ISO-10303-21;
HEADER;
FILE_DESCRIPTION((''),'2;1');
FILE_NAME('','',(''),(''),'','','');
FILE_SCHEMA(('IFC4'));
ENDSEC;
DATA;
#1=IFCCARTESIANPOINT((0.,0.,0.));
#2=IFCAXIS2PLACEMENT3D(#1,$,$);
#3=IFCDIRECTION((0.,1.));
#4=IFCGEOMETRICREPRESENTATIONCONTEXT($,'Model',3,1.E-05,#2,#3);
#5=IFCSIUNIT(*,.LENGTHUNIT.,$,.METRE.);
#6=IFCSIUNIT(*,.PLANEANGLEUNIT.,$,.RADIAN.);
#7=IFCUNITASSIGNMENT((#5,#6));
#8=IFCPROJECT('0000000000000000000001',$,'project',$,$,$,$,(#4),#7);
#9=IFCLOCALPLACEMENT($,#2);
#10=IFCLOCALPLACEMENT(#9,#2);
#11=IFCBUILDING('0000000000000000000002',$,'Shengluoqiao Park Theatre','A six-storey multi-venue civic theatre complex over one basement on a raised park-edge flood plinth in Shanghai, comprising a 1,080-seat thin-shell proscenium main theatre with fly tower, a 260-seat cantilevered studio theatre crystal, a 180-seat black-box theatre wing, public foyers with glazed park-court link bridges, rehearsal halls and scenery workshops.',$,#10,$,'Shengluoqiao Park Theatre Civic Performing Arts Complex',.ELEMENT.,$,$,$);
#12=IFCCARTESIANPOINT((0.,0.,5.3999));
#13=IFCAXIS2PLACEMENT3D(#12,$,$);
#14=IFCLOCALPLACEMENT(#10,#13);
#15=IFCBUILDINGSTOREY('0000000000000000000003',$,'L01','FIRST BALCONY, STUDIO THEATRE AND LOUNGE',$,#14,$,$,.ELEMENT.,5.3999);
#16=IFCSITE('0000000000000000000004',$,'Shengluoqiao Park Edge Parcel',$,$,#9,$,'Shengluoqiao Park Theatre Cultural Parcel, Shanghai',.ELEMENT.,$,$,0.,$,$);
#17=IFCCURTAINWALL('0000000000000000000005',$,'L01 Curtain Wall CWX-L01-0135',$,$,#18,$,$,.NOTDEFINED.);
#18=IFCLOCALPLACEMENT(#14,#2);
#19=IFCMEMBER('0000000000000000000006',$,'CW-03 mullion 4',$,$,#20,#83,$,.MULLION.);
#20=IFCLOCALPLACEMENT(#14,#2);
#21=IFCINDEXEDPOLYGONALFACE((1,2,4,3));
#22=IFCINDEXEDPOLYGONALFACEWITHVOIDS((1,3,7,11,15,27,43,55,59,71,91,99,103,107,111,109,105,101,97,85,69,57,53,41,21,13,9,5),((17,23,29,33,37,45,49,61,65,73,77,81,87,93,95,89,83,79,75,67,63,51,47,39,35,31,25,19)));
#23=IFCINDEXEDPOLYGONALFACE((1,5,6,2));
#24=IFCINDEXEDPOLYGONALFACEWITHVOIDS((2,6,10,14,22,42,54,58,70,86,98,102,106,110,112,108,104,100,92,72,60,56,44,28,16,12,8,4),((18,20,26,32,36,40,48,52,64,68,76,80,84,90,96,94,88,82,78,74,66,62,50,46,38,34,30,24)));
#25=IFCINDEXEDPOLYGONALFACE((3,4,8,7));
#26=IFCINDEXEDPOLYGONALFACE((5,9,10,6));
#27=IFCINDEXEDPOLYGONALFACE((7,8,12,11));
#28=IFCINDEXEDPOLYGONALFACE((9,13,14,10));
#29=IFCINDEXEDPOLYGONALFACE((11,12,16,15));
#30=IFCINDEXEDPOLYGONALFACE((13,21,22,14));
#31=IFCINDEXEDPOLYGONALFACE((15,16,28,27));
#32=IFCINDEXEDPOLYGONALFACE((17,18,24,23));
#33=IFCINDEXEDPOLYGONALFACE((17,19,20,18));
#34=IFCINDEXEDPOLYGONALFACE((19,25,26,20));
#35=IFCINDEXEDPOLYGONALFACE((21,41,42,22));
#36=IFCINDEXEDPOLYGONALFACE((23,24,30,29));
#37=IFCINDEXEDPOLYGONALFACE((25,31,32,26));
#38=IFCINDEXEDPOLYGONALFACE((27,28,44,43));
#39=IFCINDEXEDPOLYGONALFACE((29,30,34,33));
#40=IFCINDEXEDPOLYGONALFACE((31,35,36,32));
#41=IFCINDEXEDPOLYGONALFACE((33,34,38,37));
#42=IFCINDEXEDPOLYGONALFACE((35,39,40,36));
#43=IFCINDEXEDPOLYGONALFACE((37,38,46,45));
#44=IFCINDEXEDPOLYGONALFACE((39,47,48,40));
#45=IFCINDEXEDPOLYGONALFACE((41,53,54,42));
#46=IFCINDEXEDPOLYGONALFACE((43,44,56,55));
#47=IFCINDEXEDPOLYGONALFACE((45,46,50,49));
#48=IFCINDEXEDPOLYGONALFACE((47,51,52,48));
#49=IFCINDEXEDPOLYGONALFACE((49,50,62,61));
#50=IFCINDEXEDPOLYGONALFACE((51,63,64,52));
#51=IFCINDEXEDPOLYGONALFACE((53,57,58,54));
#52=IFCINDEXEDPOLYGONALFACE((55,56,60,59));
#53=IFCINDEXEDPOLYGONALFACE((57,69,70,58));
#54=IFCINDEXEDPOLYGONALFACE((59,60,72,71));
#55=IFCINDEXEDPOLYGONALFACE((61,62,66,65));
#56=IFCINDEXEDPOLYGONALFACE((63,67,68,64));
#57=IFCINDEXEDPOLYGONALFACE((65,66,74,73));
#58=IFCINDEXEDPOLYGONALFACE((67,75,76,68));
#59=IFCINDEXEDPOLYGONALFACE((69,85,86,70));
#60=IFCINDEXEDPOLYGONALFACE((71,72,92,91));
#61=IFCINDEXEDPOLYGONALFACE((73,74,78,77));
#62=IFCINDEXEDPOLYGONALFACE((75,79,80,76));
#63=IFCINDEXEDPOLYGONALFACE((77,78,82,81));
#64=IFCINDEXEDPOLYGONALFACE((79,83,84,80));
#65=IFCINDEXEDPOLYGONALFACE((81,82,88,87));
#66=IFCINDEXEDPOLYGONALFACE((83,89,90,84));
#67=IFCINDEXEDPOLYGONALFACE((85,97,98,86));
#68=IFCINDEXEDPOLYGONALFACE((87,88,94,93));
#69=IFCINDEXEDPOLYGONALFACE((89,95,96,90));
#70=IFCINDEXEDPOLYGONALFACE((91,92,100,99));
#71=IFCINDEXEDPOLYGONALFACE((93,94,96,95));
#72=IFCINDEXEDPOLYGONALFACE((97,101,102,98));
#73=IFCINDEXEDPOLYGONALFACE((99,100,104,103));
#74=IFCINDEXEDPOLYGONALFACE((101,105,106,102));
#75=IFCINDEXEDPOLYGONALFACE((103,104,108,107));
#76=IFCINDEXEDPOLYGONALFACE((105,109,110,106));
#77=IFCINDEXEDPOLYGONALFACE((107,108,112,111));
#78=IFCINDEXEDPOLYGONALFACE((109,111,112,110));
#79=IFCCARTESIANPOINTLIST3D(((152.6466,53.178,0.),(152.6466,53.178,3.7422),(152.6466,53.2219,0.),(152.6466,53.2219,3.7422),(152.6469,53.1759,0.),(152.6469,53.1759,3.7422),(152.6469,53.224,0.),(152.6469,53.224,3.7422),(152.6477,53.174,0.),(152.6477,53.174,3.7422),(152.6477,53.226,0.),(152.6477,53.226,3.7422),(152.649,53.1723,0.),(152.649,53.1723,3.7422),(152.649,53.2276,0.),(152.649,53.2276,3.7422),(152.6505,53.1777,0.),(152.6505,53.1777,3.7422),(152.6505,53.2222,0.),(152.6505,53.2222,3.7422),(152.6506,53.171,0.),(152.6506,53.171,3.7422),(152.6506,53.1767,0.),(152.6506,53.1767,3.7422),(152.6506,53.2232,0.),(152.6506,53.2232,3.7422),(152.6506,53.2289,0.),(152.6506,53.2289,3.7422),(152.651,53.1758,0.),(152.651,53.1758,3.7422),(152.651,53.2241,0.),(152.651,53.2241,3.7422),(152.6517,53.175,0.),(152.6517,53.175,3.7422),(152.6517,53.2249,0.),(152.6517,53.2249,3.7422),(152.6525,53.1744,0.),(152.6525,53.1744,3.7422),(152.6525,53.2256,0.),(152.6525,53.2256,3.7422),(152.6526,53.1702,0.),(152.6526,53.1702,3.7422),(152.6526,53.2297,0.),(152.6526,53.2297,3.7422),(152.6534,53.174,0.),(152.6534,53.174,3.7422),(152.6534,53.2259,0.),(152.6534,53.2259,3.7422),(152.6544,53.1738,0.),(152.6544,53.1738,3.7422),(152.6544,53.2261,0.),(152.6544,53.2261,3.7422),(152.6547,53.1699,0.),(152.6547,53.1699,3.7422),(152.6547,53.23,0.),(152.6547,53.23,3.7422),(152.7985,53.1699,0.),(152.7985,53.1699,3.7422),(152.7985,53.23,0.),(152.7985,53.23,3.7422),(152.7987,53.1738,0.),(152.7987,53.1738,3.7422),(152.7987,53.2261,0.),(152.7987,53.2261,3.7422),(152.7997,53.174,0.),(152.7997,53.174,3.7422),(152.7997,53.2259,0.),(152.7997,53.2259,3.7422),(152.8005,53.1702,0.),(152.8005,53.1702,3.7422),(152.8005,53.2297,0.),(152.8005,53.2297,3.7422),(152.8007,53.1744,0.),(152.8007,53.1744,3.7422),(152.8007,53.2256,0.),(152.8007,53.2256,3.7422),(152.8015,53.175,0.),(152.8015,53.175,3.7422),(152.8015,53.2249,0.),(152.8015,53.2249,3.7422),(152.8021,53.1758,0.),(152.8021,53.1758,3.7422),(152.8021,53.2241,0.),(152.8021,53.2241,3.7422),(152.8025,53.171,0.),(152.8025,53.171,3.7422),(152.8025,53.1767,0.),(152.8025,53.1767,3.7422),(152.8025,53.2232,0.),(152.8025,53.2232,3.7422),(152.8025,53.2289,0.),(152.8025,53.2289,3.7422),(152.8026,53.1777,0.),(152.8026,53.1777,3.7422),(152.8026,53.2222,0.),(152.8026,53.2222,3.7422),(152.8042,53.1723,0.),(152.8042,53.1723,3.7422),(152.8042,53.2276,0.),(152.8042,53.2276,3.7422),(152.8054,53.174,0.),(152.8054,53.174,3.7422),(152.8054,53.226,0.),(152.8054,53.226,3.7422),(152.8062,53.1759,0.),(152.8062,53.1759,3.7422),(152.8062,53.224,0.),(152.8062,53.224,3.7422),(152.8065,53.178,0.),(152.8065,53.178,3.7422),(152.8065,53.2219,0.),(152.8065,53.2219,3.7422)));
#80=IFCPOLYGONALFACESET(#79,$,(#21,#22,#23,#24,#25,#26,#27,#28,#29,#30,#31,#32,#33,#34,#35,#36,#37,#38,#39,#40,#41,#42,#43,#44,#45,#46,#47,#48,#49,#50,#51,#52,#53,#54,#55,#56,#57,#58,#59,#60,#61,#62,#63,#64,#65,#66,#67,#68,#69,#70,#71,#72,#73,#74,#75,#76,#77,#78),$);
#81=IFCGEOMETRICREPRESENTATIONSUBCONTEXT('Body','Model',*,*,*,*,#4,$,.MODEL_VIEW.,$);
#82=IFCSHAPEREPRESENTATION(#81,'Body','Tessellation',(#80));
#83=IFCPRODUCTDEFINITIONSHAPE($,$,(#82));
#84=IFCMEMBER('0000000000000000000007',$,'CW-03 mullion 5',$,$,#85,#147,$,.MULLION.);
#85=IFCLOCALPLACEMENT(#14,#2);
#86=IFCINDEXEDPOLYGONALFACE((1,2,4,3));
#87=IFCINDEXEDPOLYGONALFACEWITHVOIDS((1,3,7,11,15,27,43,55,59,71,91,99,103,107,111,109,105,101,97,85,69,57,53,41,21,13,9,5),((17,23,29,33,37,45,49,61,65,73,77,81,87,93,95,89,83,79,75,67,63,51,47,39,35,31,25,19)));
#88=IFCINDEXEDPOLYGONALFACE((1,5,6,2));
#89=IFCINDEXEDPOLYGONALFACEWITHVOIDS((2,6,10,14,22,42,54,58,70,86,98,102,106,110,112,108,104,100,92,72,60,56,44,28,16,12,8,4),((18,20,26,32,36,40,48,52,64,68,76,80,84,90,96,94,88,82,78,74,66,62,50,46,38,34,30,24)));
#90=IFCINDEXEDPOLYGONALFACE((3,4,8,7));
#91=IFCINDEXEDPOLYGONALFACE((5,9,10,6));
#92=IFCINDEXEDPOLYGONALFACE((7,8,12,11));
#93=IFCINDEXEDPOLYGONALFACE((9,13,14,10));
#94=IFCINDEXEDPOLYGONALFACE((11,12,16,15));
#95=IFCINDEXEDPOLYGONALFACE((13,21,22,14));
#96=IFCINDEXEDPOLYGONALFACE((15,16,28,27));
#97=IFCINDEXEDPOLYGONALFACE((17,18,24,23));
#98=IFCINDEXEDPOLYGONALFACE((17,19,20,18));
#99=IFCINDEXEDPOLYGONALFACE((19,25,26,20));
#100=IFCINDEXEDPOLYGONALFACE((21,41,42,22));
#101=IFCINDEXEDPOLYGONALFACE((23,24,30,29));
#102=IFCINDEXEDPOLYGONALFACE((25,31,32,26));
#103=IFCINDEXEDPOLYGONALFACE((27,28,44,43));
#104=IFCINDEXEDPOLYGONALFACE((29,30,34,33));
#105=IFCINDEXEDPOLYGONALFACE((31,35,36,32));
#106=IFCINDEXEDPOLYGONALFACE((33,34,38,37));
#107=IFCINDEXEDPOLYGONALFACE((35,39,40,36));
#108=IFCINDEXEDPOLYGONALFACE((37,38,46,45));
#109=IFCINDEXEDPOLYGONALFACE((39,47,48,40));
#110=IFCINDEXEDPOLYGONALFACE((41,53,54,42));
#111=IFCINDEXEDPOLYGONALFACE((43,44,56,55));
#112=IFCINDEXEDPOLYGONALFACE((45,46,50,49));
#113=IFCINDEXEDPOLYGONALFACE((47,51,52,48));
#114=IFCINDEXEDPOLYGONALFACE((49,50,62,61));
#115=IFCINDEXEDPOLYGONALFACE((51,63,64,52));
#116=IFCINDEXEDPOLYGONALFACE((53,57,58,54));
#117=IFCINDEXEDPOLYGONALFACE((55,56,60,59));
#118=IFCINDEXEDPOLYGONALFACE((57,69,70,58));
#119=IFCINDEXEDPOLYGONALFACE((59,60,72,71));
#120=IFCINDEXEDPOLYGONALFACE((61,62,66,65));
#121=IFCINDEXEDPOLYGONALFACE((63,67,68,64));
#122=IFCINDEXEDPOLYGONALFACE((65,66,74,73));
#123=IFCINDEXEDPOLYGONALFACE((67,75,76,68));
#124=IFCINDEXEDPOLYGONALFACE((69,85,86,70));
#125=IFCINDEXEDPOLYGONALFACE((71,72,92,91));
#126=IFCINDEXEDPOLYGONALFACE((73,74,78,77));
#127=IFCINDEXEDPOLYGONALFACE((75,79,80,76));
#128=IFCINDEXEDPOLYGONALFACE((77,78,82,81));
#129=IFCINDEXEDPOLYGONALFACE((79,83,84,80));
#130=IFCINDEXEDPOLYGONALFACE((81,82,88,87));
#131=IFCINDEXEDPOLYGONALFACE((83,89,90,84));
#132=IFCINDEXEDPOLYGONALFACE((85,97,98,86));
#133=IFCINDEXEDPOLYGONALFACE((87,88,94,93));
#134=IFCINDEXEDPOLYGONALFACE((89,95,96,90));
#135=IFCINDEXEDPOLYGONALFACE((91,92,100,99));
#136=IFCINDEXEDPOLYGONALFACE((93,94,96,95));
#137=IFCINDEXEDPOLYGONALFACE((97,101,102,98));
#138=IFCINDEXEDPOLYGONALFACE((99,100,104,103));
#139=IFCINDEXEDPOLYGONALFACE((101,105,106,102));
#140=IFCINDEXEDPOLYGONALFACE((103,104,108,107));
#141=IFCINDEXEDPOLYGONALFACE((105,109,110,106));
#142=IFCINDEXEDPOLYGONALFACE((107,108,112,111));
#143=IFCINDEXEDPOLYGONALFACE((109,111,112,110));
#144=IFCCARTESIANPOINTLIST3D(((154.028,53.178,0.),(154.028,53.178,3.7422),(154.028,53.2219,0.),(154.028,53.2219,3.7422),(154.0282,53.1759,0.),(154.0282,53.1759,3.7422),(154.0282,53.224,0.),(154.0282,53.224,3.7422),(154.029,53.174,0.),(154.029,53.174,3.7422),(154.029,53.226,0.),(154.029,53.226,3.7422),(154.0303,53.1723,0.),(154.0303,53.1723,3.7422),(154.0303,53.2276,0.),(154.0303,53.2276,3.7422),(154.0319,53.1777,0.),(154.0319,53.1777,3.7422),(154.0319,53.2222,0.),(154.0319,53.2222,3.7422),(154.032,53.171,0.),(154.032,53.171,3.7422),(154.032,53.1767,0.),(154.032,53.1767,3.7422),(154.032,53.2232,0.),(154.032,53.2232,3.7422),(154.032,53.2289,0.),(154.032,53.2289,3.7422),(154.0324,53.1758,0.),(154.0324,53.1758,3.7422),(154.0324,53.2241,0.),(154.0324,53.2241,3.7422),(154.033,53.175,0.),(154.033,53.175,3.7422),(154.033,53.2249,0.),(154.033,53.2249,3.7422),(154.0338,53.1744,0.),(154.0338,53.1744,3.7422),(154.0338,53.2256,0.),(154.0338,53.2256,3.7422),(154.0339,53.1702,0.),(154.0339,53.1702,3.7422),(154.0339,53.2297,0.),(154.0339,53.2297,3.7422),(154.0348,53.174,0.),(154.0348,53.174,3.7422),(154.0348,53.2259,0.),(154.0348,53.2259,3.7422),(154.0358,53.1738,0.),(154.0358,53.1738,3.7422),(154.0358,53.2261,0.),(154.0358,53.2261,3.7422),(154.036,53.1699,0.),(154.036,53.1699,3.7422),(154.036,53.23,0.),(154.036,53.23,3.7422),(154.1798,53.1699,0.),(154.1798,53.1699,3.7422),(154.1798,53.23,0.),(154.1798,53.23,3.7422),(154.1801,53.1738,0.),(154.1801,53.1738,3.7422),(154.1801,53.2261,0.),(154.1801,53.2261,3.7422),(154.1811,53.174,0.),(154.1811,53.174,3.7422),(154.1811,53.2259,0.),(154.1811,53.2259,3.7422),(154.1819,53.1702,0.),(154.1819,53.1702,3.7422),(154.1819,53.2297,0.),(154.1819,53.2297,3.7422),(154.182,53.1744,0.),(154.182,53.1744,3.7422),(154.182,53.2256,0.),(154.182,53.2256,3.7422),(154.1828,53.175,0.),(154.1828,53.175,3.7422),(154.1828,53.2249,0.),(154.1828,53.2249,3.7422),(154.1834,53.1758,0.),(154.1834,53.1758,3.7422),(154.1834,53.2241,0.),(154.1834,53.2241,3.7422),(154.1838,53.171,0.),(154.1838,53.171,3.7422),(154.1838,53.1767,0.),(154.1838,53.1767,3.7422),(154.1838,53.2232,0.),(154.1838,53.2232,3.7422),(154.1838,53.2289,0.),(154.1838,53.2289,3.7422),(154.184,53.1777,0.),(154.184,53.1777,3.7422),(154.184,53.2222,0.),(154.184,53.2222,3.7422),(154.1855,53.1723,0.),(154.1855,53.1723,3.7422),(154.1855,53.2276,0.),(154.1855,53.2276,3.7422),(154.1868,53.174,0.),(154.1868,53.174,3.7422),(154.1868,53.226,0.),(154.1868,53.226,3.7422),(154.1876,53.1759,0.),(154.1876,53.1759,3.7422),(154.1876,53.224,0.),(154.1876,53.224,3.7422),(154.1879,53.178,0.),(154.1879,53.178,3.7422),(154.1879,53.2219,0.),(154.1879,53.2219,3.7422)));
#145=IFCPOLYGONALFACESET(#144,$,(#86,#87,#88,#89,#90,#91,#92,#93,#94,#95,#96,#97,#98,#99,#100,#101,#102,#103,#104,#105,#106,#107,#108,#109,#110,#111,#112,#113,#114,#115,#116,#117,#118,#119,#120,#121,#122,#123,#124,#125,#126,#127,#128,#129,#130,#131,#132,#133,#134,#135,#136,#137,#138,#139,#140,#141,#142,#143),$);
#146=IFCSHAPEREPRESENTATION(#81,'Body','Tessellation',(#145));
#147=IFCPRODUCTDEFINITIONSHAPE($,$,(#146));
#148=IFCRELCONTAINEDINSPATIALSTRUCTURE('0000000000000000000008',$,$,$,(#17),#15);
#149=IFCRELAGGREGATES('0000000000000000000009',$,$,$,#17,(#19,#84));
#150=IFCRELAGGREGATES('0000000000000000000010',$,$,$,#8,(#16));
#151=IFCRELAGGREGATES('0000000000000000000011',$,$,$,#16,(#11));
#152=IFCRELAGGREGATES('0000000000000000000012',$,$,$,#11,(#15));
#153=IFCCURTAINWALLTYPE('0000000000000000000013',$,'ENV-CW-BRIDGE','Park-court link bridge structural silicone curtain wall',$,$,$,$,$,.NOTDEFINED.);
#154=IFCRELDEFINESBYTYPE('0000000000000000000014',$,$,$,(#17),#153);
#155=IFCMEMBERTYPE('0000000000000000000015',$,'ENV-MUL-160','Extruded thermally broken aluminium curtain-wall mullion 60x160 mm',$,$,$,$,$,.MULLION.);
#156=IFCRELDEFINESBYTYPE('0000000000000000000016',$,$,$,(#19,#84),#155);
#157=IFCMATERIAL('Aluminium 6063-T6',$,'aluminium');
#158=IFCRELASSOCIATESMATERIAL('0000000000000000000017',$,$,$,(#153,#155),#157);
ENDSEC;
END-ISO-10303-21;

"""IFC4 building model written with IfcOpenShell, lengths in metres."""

from ifc_helpers import new_model, si_unit, direction, frame, origin, origin_2d, place, context, subcontext, project, spatial, hollow_rectangle, extrude, material, material_profile, profile_set, type_object, element, aggregate, save


model = new_model("IFC4")

# Units and contexts
model_context = context("Model", 3, precision=1e-05, world=origin(), true_north=direction((0.0, 1.0)))
body_context = subcontext(model_context, "Body", "Model", "MODEL_VIEW")
ifc_project = project(units=[si_unit("LENGTHUNIT", "METRE"), si_unit("PLANEANGLEUNIT", "RADIAN")], contexts=[model_context])

# Site, building, storey
site_placement = place(None, origin())
site = spatial("IfcSite", under=ifc_project, at=site_placement, Name="Shengluoqiao Park Edge Parcel", LongName="Shengluoqiao Park Theatre Cultural Parcel, Shanghai", CompositionType="ELEMENT", RefElevation=0.0)
building_placement = place(site_placement, origin())
building = spatial("IfcBuilding", under=site, at=building_placement, Name="Shengluoqiao Park Theatre", Description="A six-storey multi-venue civic theatre complex over one basement on a raised park-edge flood plinth in Shanghai, comprising a 1,080-seat thin-shell proscenium main theatre with fly tower, a 260-seat cantilevered studio theatre crystal, a 180-seat black-box theatre wing, public foyers with glazed park-court link bridges, rehearsal halls and scenery workshops.", LongName="Shengluoqiao Park Theatre Civic Performing Arts Complex", CompositionType="ELEMENT")
storey_placement = place(building_placement, frame((0.0, 0.0, 5.3999)))
storey = spatial("IfcBuildingStorey", under=building, at=storey_placement, Name="L01", Description="FIRST BALCONY, STUDIO THEATRE AND LOUNGE", CompositionType="ELEMENT", Elevation=5.3999)

# Curtain wall, members
ifc_material_1 = material(Name="Aluminium 6063-T6", Category="aluminium")
curtain_wall_type = type_object("IfcCurtainWallType", Name="ENV-CW-BRIDGE", Description="Park-court link bridge structural silicone curtain wall", PredefinedType="NOTDEFINED", material=ifc_material_1)
curtain_wall_placement = place(storey_placement, origin())
curtain_wall = element("IfcCurtainWall", 1, at=curtain_wall_placement, inside=storey, type_object=curtain_wall_type, Name="L01 Curtain Wall CWX-L01-0135", PredefinedType="NOTDEFINED")
ifc_material_profile_1 = material_profile(ifc_material_1, hollow_rectangle(XDim=0.0601, YDim=0.1599, WallThickness=0.0039, InnerFilletRadius=0.0039, OuterFilletRadius=0.0081, at=origin_2d()), Name="ALU MULLION 160x60x4")
ifc_profile_set_1 = profile_set([ifc_material_profile_1], Name="Aluminium 6063-T6")
member_type_1 = type_object("IfcMemberType", Name="ENV-MUL-160", Description="Extruded thermally broken aluminium curtain-wall mullion 60x160 mm", PredefinedType="MULLION", material=ifc_profile_set_1)
member_1_placement = place(storey_placement, frame((152.7266, 53.2, 0.0), z_axis=(0.0, 0.0, 1.0), x_axis=(0.0, 1.0, 0.0)))
member_1 = element("IfcMember", 2, at=member_1_placement, type_object=member_type_1, Name="CW-03 mullion 4", PredefinedType="MULLION", context=body_context, shape_type="SweptSolid", body=[
    extrude(hollow_rectangle(XDim=0.0601, YDim=0.1599, WallThickness=0.0039, InnerFilletRadius=0.0039, OuterFilletRadius=0.0081, at=origin_2d()), origin(), (0.0, 0.0, 1.0), 3.7422),
])
member_2_placement = place(storey_placement, frame((154.1079, 53.2, 0.0), z_axis=(0.0, 0.0, 1.0), x_axis=(0.0, 1.0, 0.0)))
member_2 = element("IfcMember", 3, at=member_2_placement, type_object=member_type_1, Name="CW-03 mullion 5", PredefinedType="MULLION", context=body_context, shape_type="SweptSolid", body=[
    extrude(hollow_rectangle(XDim=0.0601, YDim=0.1599, WallThickness=0.0039, InnerFilletRadius=0.0039, OuterFilletRadius=0.0081, at=origin_2d()), origin(), (0.0, 0.0, 1.0), 3.7422),
])

aggregate(curtain_wall, [member_1, member_2])

save(model, "model.ifc")
